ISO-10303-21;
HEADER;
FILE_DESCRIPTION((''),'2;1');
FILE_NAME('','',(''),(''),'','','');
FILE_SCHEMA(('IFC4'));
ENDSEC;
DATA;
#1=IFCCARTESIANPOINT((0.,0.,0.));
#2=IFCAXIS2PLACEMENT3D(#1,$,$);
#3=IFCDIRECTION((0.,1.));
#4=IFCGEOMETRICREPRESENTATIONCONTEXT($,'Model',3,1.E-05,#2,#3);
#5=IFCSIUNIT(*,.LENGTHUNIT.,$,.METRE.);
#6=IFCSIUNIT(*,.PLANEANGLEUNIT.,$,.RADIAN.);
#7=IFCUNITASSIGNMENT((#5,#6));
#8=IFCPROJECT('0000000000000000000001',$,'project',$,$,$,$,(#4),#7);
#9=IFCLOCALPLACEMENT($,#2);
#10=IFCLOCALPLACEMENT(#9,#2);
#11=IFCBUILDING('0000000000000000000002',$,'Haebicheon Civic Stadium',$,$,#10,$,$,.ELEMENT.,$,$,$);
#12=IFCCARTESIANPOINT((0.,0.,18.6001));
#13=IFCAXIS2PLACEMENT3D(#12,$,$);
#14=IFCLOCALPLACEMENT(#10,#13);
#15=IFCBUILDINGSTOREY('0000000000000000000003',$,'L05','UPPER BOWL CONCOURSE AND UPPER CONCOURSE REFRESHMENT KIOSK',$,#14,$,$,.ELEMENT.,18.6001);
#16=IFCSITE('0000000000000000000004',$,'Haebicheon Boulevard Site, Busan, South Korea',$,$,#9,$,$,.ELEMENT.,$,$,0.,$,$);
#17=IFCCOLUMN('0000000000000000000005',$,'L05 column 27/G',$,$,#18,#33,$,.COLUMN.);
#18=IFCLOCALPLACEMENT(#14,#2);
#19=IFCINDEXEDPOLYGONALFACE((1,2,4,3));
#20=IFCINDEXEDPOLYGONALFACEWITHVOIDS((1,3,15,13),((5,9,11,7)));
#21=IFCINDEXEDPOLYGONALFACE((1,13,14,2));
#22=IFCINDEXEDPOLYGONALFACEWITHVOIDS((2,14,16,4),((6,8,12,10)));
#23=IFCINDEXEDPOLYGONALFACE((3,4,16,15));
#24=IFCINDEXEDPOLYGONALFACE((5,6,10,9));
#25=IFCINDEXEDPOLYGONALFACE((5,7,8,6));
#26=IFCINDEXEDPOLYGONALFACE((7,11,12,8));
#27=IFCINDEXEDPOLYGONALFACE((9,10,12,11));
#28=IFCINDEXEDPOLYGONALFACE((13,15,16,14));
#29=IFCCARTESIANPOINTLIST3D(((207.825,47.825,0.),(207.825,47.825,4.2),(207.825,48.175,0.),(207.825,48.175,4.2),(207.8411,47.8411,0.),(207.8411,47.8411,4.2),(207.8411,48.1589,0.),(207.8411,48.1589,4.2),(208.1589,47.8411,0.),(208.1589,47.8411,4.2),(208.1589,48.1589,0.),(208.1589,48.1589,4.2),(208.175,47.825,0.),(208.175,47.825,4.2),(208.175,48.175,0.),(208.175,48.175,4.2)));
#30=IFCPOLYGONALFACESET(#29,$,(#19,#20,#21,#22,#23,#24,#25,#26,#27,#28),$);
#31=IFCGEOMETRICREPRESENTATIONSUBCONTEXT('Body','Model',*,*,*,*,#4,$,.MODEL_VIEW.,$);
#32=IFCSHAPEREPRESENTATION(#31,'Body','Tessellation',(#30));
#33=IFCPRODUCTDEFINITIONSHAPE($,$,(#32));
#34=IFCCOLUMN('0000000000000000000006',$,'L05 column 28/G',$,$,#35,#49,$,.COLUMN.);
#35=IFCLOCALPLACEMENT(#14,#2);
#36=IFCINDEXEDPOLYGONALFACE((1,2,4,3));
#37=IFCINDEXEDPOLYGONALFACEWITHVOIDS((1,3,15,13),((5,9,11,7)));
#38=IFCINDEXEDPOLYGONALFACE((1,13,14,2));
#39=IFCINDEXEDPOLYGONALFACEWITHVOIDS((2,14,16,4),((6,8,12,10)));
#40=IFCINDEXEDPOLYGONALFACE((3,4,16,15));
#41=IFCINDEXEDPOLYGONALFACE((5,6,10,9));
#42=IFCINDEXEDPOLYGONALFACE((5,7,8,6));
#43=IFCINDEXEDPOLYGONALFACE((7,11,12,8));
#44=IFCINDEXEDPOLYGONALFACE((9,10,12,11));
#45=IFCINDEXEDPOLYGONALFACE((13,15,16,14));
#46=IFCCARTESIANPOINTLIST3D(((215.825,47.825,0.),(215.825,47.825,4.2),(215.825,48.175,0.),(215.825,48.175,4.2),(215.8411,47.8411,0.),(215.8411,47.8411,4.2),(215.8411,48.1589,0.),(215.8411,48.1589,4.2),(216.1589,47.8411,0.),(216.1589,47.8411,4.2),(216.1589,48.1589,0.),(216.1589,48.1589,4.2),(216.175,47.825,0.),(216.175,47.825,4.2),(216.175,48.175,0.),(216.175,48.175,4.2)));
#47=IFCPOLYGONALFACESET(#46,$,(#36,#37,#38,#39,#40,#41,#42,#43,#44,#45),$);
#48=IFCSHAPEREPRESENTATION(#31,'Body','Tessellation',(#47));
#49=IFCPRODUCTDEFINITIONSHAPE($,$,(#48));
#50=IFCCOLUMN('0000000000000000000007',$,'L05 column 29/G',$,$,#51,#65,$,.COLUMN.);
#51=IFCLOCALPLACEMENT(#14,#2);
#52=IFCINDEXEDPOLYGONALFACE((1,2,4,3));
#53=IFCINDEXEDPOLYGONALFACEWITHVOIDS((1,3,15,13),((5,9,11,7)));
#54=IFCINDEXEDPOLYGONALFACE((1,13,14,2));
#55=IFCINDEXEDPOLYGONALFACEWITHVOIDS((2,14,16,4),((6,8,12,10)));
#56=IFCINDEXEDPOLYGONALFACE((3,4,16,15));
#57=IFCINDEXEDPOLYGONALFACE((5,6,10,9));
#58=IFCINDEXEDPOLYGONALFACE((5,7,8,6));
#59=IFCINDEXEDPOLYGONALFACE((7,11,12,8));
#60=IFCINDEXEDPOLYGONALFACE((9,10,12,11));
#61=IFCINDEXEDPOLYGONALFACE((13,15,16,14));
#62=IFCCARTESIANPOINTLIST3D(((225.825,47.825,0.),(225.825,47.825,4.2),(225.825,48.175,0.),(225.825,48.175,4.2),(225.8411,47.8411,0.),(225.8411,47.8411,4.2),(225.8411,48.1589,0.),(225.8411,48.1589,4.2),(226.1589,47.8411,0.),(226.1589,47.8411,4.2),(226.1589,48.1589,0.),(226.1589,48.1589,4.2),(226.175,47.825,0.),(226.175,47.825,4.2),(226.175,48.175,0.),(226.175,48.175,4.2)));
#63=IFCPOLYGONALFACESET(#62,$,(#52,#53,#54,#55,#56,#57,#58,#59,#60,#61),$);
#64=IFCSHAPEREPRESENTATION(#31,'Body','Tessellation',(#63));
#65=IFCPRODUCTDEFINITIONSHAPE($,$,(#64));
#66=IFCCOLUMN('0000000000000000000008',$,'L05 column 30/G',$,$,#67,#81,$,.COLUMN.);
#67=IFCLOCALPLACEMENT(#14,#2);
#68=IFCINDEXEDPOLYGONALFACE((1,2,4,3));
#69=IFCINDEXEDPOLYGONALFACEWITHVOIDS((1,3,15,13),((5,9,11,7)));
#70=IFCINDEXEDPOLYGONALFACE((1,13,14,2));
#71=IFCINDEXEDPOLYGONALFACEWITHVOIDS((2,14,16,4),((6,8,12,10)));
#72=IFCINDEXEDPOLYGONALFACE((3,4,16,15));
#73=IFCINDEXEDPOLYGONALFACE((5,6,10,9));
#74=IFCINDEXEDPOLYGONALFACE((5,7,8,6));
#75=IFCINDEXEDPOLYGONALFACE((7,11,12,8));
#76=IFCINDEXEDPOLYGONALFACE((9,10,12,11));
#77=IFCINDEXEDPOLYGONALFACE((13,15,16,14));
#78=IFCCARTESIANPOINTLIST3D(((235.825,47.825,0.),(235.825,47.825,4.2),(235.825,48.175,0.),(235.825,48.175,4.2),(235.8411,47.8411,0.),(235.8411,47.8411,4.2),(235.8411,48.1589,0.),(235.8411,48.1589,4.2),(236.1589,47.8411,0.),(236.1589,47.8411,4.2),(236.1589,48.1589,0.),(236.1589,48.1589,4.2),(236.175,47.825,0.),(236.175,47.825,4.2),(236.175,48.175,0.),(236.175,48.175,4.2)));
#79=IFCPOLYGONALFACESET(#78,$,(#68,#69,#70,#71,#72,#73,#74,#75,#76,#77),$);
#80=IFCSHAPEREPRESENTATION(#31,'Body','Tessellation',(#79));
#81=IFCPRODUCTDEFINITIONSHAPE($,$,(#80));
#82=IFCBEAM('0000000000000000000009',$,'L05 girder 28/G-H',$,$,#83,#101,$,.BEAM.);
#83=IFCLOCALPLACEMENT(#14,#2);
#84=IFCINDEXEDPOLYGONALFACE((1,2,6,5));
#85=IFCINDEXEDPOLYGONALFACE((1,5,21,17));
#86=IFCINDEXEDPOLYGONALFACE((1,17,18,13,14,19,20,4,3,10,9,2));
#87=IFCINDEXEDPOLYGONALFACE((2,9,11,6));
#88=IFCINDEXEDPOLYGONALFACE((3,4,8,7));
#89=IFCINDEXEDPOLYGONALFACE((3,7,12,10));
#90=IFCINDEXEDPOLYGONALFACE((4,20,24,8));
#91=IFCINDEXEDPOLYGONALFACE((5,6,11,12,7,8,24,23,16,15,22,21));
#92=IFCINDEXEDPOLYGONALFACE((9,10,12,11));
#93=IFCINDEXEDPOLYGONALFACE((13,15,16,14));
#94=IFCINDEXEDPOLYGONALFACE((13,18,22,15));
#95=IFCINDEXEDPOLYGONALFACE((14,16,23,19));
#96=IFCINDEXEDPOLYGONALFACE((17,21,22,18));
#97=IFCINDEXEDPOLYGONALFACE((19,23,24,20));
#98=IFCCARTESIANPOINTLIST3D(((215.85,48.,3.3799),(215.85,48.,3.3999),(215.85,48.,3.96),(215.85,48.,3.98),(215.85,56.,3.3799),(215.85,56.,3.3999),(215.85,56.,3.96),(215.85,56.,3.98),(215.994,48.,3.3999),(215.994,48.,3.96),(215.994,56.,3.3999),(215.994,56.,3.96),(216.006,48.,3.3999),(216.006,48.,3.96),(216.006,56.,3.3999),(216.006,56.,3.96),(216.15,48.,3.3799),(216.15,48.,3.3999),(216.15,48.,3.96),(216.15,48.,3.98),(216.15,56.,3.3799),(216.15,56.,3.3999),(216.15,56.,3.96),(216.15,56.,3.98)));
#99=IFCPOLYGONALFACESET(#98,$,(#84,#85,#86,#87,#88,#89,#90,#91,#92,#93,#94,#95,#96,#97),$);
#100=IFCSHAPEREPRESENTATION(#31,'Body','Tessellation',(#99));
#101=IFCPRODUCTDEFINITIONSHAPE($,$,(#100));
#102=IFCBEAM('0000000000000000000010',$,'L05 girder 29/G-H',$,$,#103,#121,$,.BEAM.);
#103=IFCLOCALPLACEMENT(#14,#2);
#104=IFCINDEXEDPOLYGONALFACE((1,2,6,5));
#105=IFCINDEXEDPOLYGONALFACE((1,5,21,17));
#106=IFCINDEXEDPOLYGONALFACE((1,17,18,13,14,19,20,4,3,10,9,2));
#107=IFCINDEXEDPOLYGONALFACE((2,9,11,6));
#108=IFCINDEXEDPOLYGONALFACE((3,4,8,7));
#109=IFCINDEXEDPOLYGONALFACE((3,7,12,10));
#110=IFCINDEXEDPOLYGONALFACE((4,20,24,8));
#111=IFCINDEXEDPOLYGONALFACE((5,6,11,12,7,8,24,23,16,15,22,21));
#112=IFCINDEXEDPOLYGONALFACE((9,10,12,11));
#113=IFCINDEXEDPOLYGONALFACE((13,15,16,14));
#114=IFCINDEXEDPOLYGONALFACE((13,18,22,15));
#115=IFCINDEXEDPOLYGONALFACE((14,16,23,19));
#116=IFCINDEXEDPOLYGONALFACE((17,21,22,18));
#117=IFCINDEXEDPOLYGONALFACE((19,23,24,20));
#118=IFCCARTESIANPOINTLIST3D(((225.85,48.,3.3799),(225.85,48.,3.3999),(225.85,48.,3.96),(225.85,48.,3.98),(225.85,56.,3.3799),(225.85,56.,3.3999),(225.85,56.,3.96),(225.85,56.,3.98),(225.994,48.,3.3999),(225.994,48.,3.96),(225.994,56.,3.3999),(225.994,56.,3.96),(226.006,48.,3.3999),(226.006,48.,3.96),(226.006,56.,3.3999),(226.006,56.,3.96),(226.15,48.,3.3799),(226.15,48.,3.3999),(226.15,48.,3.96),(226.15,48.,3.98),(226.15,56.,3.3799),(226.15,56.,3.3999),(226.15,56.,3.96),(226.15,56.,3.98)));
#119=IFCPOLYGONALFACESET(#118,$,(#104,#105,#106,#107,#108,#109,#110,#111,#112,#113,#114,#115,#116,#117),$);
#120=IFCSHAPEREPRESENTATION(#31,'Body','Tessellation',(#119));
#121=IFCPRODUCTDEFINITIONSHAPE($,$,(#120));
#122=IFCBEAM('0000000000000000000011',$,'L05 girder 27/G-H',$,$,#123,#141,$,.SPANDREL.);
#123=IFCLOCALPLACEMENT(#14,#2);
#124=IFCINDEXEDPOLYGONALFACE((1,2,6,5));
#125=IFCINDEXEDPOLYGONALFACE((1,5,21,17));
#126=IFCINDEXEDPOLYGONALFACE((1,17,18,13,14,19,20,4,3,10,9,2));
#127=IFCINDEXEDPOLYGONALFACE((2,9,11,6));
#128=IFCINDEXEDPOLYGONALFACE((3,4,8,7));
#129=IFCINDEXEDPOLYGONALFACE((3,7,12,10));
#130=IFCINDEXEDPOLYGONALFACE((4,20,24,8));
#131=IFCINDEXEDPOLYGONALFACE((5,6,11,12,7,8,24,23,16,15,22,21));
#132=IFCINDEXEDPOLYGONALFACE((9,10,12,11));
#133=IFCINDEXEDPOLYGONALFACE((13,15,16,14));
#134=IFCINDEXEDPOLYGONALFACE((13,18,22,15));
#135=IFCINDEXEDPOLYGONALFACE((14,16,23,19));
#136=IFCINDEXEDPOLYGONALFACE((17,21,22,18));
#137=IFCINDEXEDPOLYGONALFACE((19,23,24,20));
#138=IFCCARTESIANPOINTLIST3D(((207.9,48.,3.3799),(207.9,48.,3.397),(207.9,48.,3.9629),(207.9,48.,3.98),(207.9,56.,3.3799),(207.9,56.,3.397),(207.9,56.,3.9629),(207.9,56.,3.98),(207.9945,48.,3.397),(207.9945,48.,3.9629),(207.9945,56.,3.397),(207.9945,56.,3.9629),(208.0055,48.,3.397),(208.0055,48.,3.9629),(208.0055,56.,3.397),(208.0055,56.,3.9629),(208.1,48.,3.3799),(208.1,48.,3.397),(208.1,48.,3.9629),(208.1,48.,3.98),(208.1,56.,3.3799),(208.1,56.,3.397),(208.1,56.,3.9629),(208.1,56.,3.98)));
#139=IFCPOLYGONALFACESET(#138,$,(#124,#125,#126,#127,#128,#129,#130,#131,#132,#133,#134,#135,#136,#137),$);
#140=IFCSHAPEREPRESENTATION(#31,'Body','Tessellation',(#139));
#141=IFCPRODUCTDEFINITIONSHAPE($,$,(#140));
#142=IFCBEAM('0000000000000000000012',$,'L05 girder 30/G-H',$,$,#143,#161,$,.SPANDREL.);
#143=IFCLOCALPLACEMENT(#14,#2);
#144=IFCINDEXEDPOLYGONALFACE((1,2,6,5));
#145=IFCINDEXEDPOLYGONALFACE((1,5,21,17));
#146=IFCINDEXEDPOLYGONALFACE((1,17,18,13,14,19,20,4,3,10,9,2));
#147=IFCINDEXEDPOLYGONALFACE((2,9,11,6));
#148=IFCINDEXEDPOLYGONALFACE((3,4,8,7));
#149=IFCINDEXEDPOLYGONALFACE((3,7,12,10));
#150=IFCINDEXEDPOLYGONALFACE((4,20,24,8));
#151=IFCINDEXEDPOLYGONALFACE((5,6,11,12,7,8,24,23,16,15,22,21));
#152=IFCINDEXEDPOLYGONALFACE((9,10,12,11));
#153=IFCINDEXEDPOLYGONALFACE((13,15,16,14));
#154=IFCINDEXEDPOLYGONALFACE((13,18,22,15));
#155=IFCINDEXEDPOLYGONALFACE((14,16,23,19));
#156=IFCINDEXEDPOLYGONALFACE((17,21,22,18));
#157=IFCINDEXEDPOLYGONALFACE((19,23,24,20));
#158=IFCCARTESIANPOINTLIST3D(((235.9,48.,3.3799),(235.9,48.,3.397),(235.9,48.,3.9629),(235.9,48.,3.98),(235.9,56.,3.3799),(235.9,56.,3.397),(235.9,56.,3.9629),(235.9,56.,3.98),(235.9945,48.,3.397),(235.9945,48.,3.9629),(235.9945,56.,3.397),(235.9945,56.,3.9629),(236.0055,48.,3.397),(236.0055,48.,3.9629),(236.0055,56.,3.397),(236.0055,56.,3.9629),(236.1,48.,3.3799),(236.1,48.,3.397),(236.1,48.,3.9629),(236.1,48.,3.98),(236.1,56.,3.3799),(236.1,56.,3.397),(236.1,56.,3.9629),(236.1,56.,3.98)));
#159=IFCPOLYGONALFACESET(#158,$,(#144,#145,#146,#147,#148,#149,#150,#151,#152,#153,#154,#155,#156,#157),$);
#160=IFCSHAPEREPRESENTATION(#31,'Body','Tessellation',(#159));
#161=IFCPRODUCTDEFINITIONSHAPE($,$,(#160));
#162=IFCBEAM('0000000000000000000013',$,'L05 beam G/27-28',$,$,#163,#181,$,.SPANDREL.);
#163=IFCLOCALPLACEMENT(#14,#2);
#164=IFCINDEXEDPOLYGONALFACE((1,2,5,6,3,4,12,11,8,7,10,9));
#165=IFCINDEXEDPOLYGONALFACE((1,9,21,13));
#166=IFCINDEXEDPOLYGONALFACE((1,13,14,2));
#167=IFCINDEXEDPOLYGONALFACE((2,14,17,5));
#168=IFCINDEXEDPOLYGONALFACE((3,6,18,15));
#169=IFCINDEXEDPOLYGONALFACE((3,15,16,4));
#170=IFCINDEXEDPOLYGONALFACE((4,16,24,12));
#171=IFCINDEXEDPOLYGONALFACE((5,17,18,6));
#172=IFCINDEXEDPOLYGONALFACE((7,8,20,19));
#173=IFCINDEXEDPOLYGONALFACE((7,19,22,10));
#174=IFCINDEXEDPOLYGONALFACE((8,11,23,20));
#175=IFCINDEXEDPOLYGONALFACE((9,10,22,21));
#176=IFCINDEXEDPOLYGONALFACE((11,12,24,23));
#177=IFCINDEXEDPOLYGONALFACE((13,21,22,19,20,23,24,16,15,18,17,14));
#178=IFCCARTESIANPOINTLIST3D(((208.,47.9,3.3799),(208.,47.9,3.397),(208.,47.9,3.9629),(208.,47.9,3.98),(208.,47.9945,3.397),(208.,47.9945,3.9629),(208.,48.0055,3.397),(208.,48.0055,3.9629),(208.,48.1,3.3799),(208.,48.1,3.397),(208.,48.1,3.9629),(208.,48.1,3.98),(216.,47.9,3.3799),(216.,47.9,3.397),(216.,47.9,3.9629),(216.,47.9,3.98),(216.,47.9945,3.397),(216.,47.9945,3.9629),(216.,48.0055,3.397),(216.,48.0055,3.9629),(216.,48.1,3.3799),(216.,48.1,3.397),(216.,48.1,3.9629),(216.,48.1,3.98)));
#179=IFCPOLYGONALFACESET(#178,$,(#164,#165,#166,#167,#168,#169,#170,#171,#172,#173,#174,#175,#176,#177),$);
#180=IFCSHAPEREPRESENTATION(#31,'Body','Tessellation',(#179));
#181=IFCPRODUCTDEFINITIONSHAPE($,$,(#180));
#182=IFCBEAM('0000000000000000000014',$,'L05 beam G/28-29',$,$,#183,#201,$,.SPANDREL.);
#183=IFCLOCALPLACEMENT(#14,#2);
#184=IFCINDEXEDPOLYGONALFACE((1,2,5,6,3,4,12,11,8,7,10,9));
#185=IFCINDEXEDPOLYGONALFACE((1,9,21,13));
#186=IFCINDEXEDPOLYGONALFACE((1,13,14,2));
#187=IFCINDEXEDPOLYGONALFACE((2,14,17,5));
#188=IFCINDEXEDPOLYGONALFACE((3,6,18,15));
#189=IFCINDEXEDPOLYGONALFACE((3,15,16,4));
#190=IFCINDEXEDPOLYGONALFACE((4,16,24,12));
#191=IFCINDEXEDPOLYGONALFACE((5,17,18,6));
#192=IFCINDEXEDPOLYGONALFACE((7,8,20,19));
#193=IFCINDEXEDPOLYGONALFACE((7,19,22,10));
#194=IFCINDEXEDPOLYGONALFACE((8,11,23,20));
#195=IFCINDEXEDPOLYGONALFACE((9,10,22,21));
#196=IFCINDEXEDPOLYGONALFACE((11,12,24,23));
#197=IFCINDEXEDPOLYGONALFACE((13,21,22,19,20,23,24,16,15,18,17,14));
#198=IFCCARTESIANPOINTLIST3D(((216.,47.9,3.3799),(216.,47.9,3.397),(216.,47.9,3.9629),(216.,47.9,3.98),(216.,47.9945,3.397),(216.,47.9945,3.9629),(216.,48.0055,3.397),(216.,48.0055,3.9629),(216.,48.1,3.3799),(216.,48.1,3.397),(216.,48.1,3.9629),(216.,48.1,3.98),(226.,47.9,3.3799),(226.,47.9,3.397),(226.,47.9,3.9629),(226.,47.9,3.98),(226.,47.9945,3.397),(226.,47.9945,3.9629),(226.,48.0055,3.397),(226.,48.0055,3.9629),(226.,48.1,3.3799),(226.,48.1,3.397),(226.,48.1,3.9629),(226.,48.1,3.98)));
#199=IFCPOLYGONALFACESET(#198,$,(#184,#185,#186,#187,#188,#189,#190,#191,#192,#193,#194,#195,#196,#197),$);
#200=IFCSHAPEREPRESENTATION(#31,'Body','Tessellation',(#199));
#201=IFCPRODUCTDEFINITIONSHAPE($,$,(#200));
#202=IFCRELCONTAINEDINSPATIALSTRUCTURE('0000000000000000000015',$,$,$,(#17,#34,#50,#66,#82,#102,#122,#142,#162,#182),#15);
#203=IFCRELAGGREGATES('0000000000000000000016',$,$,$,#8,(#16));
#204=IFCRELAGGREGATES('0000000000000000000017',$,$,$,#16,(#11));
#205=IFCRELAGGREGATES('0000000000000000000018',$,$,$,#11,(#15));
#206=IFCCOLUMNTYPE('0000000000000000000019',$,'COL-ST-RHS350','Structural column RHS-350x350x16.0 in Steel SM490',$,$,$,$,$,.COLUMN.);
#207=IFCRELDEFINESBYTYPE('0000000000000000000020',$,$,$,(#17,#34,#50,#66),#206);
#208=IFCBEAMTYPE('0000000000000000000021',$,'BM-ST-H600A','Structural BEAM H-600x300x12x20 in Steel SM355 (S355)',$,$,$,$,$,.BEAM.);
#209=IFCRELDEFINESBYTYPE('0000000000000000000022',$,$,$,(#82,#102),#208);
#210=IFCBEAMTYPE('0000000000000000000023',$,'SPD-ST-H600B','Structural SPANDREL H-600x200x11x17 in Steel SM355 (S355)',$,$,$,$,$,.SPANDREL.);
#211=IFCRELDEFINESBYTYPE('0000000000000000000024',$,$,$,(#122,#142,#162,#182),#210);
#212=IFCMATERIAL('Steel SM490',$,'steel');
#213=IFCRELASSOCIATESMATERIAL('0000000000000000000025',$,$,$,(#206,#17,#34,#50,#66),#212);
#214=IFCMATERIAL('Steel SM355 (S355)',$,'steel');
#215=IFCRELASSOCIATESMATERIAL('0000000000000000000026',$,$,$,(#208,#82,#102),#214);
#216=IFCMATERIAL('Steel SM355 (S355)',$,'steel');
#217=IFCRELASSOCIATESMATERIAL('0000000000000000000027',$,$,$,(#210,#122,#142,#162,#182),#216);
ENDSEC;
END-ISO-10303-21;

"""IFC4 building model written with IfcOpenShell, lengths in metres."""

from ifc_helpers import new_model, si_unit, direction, frame, origin, origin_2d, place, context, subcontext, project, spatial, hollow_rectangle, i_section, extrude, material, material_profile, profile_set, type_object, element, save


model = new_model("IFC4")

# Units and contexts
model_context = context("Model", 3, precision=1e-05, world=origin(), true_north=direction((0.0, 1.0)))
body_context = subcontext(model_context, "Body", "Model", "MODEL_VIEW")
ifc_project = project(units=[si_unit("LENGTHUNIT", "METRE"), si_unit("PLANEANGLEUNIT", "RADIAN")], contexts=[model_context])

# Site, building, storey
site_placement = place(None, origin())
site = spatial("IfcSite", under=ifc_project, at=site_placement, Name="Haebicheon Boulevard Site, Busan, South Korea", CompositionType="ELEMENT", RefElevation=0.0)
building_placement = place(site_placement, origin())
building = spatial("IfcBuilding", under=site, at=building_placement, Name="Haebicheon Civic Stadium", CompositionType="ELEMENT")
storey_placement = place(building_placement, frame((0.0, 0.0, 18.6001)))
storey = spatial("IfcBuildingStorey", under=building, at=storey_placement, Name="L05", Description="UPPER BOWL CONCOURSE AND UPPER CONCOURSE REFRESHMENT KIOSK", CompositionType="ELEMENT", Elevation=18.6001)

# Columns
ifc_material_1 = material(Name="Steel SM490", Category="steel")
ifc_material_profile_1 = material_profile(ifc_material_1, hollow_rectangle(XDim=0.3501, YDim=0.3501, WallThickness=0.0161, at=origin_2d()), Name="RHS-350x350x16.0")
ifc_profile_set_1 = profile_set([ifc_material_profile_1], Name="Steel SM490")
column_type = type_object("IfcColumnType", Name="COL-ST-RHS350", Description="Structural column RHS-350x350x16.0 in Steel SM490", PredefinedType="COLUMN", material=ifc_profile_set_1)
for number, where, z_axis, x_axis, name in (
    (1, (208.0, 48.0, 0.0), (0.0, 0.0, 1.0), (1.0, 0.0, 0.0), "L05 column 27/G"),
    (2, (216.0, 48.0, 0.0), (0.0, 0.0, 1.0), (1.0, 0.0, 0.0), "L05 column 28/G"),
    (3, (226.0, 48.0, 0.0), (0.0, 0.0, 1.0), (1.0, 0.0, 0.0), "L05 column 29/G"),
    (4, (236.0, 48.0, 0.0), (0.0, 0.0, 1.0), (1.0, 0.0, 0.0), "L05 column 30/G"),
):
    element("IfcColumn", number, at=place(storey_placement, frame(where, z_axis=z_axis, x_axis=x_axis)), inside=storey, type_object=column_type, material=ifc_profile_set_1, Name=name, PredefinedType="COLUMN", context=body_context, shape_type="SweptSolid", body=[
        extrude(hollow_rectangle(XDim=0.3501, YDim=0.3501, WallThickness=0.0161, at=origin_2d()), origin(), (0.0, 0.0, 1.0), 4.2),
    ])

# Beams
ifc_material_2 = material(Name="Steel SM355 (S355)", Category="steel")
ifc_material_profile_2 = material_profile(ifc_material_2, i_section(OverallWidth=0.3, OverallDepth=0.6001, WebThickness=0.012, FlangeThickness=0.02, at=origin_2d()), Name="H-600x300x12x20")
ifc_profile_set_2 = profile_set([ifc_material_profile_2], Name="Steel SM355 (S355)")
beam_type_1 = type_object("IfcBeamType", Name="BM-ST-H600A", Description="Structural BEAM H-600x300x12x20 in Steel SM355 (S355)", PredefinedType="BEAM", material=ifc_profile_set_2)
for number, where, z_axis, x_axis, name in (
    (5, (216.0, 48.0, 3.6799), (0.0, 1.0, 0.0), (-1.0, 0.0, 0.0), "L05 girder 28/G-H"),
    (6, (226.0, 48.0, 3.6799), (0.0, 1.0, 0.0), (-1.0, 0.0, 0.0), "L05 girder 29/G-H"),
):
    element("IfcBeam", number, at=place(storey_placement, frame(where, z_axis=z_axis, x_axis=x_axis)), inside=storey, type_object=beam_type_1, material=ifc_profile_set_2, Name=name, PredefinedType="BEAM", context=body_context, shape_type="SweptSolid", body=[
        extrude(i_section(OverallWidth=0.3, OverallDepth=0.6001, WebThickness=0.012, FlangeThickness=0.02, at=origin_2d()), origin(), (0.0, 0.0, 1.0), 8.0),
    ])
ifc_material_3 = material(Name="Steel SM355 (S355)", Category="steel")
ifc_material_profile_3 = material_profile(ifc_material_3, i_section(OverallWidth=0.2, OverallDepth=0.6001, WebThickness=0.011, FlangeThickness=0.0171, at=origin_2d()), Name="H-600x200x11x17")
ifc_profile_set_3 = profile_set([ifc_material_profile_3], Name="Steel SM355 (S355)")
beam_type_2 = type_object("IfcBeamType", Name="SPD-ST-H600B", Description="Structural SPANDREL H-600x200x11x17 in Steel SM355 (S355)", PredefinedType="SPANDREL", material=ifc_profile_set_3)
for number, where, z_axis, x_axis, name in (
    (7, (208.0, 48.0, 3.6799), (0.0, 1.0, 0.0), (-1.0, 0.0, 0.0), "L05 girder 27/G-H"),
    (8, (236.0, 48.0, 3.6799), (0.0, 1.0, 0.0), (-1.0, 0.0, 0.0), "L05 girder 30/G-H"),
    (9, (208.0, 48.0, 3.6799), (1.0, 0.0, 0.0), (0.0, 1.0, 0.0), "L05 beam G/27-28"),
):
    element("IfcBeam", number, at=place(storey_placement, frame(where, z_axis=z_axis, x_axis=x_axis)), inside=storey, type_object=beam_type_2, material=ifc_profile_set_3, Name=name, PredefinedType="SPANDREL", context=body_context, shape_type="SweptSolid", body=[
        extrude(i_section(OverallWidth=0.2, OverallDepth=0.6001, WebThickness=0.011, FlangeThickness=0.0171, at=origin_2d()), origin(), (0.0, 0.0, 1.0), 8.0),
    ])
for number, where, z_axis, x_axis, name in (
    (10, (216.0, 48.0, 3.6799), (1.0, 0.0, 0.0), (0.0, 1.0, 0.0), "L05 beam G/28-29"),
):
    element("IfcBeam", number, at=place(storey_placement, frame(where, z_axis=z_axis, x_axis=x_axis)), inside=storey, type_object=beam_type_2, material=ifc_profile_set_3, Name=name, PredefinedType="SPANDREL", context=body_context, shape_type="SweptSolid", body=[
        extrude(i_section(OverallWidth=0.2, OverallDepth=0.6001, WebThickness=0.011, FlangeThickness=0.0171, at=origin_2d()), origin(), (0.0, 0.0, 1.0), 10.0),
    ])

save(model, "model.ifc")
